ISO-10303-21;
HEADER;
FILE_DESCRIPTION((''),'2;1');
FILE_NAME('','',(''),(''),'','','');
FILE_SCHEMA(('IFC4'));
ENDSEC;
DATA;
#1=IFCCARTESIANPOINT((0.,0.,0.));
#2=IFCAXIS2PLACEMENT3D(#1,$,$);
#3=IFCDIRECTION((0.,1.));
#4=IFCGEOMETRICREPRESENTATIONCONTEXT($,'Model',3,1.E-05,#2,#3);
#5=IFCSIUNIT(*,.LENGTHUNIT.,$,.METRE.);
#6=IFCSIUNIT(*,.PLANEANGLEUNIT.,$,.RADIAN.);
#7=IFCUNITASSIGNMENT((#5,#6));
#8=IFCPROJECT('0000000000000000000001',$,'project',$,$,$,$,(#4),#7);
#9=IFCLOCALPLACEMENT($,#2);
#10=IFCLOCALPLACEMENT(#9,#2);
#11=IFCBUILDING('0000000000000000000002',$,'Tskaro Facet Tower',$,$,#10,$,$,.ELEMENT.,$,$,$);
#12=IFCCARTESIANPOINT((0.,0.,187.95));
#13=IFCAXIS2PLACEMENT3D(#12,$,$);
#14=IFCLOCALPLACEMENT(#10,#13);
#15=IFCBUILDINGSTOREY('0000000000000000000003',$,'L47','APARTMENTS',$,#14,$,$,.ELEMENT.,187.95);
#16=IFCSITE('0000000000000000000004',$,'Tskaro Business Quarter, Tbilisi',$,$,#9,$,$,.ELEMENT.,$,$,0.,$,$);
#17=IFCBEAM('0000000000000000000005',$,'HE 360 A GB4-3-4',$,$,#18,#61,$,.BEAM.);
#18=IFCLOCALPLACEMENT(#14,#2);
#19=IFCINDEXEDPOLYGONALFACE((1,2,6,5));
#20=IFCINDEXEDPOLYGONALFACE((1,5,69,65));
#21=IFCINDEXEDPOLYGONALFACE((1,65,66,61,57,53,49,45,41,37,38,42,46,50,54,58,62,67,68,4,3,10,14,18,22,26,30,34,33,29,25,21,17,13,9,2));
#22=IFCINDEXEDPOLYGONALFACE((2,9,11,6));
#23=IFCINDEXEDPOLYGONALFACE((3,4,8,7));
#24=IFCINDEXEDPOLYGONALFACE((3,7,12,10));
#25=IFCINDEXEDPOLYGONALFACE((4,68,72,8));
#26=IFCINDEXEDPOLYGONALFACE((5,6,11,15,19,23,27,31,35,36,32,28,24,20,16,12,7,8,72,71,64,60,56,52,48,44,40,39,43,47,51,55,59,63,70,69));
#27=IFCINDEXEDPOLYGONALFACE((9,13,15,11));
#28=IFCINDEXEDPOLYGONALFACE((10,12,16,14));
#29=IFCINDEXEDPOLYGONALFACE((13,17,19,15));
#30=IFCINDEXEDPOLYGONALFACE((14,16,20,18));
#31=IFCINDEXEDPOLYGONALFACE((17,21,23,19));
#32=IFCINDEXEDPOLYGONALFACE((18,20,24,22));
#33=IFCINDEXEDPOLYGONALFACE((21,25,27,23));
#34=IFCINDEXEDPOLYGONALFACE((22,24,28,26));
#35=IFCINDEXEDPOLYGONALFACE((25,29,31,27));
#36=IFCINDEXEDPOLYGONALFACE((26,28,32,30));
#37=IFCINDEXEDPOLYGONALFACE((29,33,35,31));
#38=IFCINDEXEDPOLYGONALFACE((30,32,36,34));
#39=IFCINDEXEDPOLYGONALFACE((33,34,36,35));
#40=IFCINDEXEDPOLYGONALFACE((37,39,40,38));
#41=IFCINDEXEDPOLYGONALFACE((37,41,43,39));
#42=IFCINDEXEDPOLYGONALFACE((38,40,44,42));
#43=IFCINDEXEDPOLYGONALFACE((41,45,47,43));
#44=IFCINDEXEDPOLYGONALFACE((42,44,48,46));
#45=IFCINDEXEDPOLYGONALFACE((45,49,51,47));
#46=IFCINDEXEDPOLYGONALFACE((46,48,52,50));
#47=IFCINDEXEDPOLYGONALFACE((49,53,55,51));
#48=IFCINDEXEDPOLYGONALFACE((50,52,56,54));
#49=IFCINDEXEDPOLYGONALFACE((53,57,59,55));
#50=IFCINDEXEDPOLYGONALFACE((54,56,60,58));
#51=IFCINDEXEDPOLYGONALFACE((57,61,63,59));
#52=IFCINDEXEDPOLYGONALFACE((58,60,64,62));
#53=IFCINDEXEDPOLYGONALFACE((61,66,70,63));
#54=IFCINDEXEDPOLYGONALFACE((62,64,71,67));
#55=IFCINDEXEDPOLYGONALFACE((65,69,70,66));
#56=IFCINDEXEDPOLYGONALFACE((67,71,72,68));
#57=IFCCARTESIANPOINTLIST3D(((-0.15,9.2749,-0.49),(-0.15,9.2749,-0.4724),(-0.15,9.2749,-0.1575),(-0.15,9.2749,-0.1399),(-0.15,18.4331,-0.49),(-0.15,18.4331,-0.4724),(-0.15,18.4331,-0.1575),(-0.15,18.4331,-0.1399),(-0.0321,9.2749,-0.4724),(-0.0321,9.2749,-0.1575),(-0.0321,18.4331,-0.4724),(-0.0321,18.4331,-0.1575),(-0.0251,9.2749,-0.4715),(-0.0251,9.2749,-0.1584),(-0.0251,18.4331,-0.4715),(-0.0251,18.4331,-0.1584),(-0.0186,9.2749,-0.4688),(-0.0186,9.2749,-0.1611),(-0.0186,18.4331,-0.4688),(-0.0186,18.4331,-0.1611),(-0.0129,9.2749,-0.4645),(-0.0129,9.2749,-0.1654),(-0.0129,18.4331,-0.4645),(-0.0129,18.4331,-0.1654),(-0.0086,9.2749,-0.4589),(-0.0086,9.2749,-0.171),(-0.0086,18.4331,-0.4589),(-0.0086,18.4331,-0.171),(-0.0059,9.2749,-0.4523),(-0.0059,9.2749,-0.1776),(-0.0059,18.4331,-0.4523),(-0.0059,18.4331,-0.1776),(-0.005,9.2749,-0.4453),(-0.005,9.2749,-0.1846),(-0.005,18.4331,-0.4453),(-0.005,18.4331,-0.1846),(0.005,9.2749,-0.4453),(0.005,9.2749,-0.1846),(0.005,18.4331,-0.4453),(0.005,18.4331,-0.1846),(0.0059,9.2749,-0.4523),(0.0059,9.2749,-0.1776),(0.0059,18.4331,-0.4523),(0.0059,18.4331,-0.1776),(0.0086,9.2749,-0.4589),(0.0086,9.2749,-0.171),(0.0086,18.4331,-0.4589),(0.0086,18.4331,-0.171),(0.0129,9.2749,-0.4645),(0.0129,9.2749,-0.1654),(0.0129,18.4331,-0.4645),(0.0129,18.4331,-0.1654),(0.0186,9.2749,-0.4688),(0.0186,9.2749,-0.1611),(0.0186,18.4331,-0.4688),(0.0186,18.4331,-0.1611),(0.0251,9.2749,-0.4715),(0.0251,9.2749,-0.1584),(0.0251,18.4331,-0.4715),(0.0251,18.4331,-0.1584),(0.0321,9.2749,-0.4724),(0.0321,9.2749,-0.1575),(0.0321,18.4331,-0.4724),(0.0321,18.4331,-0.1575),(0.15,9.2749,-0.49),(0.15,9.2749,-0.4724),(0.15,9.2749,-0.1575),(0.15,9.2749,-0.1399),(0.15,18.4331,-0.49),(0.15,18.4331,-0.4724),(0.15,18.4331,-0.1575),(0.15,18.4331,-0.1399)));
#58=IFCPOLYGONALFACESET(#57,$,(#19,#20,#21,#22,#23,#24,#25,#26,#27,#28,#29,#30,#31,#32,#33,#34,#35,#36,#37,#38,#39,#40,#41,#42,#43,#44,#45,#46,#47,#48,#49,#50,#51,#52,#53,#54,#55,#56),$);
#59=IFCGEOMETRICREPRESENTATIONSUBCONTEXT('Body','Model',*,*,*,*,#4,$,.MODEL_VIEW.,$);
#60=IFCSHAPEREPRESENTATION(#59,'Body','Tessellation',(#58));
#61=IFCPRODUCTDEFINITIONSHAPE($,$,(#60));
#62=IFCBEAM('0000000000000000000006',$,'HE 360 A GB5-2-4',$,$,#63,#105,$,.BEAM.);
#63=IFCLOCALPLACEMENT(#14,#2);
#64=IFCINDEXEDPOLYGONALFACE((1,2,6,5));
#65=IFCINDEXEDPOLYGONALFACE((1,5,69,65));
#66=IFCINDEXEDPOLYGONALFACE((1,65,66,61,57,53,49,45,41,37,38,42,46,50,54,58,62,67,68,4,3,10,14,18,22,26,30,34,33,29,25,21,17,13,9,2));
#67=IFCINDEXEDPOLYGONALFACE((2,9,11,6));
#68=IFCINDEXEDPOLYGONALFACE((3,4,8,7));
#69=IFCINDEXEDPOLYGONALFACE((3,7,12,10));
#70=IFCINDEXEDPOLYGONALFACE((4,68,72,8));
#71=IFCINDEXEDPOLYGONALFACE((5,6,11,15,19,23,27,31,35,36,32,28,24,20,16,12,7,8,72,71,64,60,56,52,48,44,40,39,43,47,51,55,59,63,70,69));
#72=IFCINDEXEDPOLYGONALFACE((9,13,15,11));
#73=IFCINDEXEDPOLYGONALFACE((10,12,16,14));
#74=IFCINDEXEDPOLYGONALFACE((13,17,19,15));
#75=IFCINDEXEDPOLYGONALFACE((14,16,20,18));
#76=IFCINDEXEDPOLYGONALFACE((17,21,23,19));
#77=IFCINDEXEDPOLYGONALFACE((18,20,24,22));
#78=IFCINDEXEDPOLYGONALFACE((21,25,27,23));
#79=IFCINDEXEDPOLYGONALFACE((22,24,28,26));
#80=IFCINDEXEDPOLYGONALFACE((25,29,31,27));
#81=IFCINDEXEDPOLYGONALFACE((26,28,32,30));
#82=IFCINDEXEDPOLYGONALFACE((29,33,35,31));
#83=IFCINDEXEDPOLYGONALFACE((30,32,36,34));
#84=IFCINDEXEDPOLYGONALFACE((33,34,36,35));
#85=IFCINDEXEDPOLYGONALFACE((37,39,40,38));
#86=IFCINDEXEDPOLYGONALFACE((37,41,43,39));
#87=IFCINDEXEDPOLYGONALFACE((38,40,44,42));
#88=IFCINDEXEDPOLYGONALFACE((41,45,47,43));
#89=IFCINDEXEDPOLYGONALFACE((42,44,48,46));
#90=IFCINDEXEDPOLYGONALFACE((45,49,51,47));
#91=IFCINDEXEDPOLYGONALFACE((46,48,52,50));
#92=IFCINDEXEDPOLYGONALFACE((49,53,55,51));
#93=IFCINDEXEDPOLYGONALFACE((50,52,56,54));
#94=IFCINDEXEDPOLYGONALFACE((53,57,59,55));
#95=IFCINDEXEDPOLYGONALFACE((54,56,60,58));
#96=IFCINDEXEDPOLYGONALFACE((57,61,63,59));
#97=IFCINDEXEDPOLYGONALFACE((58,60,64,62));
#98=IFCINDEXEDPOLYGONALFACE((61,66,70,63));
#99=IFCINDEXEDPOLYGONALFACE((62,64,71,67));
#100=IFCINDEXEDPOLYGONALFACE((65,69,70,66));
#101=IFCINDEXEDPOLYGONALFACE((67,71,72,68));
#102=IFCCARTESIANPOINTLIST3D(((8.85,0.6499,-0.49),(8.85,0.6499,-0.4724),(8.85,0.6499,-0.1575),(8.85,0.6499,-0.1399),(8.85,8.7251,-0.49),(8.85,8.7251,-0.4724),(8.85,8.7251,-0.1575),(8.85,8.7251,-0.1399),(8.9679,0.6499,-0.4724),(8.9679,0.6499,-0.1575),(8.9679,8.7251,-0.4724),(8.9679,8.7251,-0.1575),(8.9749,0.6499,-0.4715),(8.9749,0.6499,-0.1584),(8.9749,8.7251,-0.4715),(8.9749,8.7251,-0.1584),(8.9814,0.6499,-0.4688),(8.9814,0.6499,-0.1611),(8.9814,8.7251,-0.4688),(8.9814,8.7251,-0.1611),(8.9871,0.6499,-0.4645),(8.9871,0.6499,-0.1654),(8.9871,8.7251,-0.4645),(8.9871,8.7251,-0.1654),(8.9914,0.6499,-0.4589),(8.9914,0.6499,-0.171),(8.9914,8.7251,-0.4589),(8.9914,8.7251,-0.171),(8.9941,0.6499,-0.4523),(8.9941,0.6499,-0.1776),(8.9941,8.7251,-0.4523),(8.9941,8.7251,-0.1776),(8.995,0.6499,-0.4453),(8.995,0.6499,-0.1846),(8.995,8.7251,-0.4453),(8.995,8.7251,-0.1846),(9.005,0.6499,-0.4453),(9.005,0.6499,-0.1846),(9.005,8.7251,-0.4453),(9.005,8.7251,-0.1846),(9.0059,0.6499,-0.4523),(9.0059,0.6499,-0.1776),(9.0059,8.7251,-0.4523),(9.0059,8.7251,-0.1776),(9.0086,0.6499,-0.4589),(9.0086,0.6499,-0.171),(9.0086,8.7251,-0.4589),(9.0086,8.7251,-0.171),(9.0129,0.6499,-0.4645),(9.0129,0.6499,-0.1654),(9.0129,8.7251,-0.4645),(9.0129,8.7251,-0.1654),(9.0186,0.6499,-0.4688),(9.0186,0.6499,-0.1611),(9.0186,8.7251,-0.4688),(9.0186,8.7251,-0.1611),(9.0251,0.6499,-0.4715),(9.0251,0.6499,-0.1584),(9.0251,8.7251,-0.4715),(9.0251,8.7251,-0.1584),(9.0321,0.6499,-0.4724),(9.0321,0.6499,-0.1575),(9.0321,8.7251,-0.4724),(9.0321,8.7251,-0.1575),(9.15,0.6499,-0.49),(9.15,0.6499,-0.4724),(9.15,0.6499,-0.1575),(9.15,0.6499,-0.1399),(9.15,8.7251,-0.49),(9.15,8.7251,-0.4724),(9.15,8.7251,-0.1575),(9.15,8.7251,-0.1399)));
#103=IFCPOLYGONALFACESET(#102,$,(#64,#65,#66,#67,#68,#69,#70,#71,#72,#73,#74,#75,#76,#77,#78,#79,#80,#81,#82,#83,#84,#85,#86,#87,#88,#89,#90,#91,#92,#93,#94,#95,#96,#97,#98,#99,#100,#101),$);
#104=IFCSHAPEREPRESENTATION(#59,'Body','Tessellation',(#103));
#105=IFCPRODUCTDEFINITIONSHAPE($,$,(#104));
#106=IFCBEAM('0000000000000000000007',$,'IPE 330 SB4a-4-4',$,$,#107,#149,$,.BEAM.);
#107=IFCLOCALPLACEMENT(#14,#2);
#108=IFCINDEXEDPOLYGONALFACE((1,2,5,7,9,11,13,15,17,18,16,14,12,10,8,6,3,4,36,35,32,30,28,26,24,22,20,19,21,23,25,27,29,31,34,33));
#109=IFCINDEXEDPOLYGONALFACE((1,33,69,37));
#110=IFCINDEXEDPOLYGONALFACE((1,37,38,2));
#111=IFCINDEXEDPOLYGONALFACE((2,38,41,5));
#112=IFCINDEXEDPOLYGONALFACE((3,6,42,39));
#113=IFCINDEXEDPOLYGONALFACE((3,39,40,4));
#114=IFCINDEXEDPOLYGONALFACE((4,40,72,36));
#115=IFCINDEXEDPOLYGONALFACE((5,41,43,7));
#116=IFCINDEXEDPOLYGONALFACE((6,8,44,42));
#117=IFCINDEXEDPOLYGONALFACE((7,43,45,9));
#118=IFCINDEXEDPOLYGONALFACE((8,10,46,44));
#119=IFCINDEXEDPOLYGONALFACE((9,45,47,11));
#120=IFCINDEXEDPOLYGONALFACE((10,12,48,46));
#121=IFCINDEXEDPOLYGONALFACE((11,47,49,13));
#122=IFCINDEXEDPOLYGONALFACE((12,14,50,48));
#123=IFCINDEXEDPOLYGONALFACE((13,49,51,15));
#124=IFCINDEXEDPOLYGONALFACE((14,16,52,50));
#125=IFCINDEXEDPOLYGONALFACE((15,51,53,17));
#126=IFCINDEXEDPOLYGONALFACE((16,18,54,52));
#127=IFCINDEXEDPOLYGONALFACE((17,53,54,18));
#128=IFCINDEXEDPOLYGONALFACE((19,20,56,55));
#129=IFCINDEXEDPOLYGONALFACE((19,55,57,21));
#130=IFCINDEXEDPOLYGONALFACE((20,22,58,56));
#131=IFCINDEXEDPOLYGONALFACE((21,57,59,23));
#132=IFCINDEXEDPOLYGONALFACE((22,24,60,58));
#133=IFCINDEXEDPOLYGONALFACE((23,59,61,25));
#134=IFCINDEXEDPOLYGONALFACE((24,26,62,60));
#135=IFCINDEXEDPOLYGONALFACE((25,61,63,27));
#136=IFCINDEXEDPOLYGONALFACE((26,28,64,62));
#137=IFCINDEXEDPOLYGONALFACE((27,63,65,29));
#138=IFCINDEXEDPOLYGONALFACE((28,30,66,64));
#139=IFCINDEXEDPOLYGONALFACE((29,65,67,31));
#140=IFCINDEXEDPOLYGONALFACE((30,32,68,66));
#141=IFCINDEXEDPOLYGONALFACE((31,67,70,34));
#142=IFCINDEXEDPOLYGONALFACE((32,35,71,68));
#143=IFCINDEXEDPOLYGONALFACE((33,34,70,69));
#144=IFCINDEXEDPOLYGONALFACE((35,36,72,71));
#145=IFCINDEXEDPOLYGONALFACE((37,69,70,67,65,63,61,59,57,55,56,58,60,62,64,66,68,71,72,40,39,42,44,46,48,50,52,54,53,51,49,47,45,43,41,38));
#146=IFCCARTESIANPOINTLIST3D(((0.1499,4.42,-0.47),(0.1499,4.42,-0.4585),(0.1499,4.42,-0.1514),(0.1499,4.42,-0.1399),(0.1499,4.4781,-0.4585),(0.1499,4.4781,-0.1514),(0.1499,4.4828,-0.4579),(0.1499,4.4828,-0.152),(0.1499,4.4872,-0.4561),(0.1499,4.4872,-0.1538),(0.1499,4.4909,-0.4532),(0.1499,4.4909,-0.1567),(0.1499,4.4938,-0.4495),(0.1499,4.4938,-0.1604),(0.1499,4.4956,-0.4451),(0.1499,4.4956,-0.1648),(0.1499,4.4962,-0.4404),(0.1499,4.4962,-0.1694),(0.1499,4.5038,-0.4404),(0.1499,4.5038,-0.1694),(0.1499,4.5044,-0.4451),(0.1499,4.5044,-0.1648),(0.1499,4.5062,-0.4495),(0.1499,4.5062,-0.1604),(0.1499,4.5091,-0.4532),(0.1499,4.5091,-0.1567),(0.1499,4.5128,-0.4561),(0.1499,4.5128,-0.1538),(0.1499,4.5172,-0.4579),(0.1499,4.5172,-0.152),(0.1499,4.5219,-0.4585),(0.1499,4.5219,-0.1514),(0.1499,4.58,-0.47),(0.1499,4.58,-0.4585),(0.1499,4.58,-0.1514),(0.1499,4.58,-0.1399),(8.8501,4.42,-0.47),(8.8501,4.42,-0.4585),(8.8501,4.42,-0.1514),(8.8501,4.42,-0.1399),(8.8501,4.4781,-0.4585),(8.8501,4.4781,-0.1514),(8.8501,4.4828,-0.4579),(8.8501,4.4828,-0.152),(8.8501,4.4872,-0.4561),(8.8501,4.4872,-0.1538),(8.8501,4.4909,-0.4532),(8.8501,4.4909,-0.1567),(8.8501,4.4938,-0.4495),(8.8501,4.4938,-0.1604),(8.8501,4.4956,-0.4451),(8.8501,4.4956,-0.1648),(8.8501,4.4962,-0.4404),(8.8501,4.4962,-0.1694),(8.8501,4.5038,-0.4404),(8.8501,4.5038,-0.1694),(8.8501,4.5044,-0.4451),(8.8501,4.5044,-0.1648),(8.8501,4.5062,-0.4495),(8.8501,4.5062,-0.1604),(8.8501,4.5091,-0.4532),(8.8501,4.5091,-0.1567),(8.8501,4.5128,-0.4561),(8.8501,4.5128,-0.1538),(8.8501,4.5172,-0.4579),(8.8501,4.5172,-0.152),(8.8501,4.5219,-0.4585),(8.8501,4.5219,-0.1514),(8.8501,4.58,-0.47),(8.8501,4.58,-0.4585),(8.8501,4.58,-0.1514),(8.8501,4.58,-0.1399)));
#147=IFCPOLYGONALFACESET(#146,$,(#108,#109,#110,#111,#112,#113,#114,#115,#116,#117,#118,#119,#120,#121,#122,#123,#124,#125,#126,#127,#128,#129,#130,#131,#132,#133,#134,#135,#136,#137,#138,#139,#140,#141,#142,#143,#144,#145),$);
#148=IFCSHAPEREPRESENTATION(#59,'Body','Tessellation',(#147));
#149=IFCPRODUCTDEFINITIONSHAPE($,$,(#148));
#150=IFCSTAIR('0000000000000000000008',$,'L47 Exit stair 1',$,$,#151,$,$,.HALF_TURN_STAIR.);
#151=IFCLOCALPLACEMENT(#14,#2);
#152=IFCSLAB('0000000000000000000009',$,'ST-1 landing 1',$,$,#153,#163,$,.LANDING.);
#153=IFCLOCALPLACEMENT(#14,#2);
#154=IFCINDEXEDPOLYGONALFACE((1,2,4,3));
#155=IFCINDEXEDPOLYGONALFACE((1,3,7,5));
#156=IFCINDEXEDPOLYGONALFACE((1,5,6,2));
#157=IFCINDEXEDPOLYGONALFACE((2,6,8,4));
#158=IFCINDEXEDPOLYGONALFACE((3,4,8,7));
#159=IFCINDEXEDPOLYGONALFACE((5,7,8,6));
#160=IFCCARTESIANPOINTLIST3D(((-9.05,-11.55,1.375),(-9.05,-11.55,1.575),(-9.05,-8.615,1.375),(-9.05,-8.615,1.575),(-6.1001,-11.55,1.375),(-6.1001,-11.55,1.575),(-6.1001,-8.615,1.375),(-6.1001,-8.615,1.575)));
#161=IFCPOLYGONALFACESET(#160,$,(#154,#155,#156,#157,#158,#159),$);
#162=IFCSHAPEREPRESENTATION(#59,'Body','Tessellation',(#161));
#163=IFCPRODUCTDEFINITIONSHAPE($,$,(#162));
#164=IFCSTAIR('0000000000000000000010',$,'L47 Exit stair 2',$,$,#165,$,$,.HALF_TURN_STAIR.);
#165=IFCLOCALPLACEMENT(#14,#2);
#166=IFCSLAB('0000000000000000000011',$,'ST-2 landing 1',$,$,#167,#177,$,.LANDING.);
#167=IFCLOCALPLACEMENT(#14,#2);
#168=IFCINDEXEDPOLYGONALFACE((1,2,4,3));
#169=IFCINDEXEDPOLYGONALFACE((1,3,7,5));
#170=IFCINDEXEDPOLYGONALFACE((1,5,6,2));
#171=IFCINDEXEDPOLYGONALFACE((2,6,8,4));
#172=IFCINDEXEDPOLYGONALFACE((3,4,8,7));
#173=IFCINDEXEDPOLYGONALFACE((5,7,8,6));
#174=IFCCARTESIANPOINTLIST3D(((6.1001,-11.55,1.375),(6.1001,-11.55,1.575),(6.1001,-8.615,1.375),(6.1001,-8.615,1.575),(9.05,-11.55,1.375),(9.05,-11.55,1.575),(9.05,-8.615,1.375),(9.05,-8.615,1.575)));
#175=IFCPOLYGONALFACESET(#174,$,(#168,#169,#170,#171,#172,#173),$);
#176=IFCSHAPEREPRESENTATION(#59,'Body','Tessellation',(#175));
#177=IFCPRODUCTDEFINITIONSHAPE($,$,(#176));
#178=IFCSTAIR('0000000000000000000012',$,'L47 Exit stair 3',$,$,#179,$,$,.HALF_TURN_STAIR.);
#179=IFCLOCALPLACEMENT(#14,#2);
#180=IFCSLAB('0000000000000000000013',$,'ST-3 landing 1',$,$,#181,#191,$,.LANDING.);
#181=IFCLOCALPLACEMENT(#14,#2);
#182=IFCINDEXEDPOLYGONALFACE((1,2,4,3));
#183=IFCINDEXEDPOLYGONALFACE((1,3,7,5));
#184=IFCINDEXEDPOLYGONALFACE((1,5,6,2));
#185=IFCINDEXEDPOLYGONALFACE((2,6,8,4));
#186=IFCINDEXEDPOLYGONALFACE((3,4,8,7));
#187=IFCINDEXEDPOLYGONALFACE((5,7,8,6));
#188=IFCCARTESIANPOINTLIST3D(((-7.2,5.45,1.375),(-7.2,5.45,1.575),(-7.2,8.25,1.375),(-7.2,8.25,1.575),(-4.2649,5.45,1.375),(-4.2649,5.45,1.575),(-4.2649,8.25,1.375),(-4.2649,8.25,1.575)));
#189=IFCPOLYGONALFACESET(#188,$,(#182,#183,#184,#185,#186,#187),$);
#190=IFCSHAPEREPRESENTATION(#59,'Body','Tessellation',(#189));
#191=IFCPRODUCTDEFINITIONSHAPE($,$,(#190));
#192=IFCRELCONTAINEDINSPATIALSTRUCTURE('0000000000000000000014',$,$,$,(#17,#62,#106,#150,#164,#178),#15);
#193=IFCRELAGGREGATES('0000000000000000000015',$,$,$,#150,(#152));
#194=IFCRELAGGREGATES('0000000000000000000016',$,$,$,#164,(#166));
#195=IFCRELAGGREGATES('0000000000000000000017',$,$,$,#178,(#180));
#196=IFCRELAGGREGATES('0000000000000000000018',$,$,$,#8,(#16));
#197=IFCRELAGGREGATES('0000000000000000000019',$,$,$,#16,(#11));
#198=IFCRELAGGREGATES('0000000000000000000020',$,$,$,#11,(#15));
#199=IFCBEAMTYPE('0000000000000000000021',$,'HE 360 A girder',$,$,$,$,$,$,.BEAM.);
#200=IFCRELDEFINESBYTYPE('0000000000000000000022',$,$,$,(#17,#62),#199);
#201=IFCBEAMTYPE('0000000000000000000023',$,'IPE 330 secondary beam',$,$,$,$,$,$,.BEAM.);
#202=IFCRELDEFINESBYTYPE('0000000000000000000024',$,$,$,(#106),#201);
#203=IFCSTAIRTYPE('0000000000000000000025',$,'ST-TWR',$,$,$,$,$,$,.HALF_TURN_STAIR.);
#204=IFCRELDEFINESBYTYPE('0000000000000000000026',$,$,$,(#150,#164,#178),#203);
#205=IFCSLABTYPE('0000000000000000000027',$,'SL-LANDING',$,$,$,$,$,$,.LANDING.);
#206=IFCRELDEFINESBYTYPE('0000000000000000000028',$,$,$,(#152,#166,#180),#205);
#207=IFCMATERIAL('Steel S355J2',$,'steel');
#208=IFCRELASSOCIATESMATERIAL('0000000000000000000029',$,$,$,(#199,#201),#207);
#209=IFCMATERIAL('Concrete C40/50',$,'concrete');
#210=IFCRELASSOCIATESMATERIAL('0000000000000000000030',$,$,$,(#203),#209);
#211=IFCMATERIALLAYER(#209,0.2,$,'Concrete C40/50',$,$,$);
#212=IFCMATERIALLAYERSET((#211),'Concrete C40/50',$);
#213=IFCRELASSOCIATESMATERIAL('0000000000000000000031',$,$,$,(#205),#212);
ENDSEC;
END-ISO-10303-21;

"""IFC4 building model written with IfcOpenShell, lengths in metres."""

from ifc_helpers import new_model, si_unit, direction, frame, origin, origin_2d, place, context, subcontext, project, spatial, polyline, i_section, outline, extrude, material, layer, layer_set, material_profile, profile_set, type_object, element, aggregate, save


model = new_model("IFC4")

# Units and contexts
model_context = context("Model", 3, precision=1e-05, world=origin(), true_north=direction((0.0, 1.0)))
body_context = subcontext(model_context, "Body", "Model", "MODEL_VIEW")
ifc_project = project(units=[si_unit("LENGTHUNIT", "METRE"), si_unit("PLANEANGLEUNIT", "RADIAN")], contexts=[model_context])

# Site, building, storey
site_placement = place(None, origin())
site = spatial("IfcSite", under=ifc_project, at=site_placement, Name="Tskaro Business Quarter, Tbilisi", CompositionType="ELEMENT", RefElevation=0.0)
building_placement = place(site_placement, origin())
building = spatial("IfcBuilding", under=site, at=building_placement, Name="Tskaro Facet Tower", CompositionType="ELEMENT")
storey_placement = place(building_placement, frame((0.0, 0.0, 187.95)))
storey = spatial("IfcBuildingStorey", under=building, at=storey_placement, Name="L47", Description="APARTMENTS", CompositionType="ELEMENT", Elevation=187.95)

# Beams
ifc_material_1 = material(Name="Steel S355J2", Category="steel")
ifc_material_profile_1 = material_profile(ifc_material_1, i_section(OverallWidth=0.3, OverallDepth=0.3501, WebThickness=0.01, FlangeThickness=0.0176, FilletRadius=0.0271, at=origin_2d()), Name="HE 360 A")
ifc_profile_set_1 = profile_set([ifc_material_profile_1], Name="Steel S355J2")
beam_type_1 = type_object("IfcBeamType", Name="HE 360 A girder", PredefinedType="BEAM", material=ifc_profile_set_1)
beam_1_placement = place(storey_placement, frame((0.0, 9.2749, -0.3149), z_axis=(0.0, 1.0, 0.0), x_axis=(-1.0, 0.0, 0.0)))
element("IfcBeam", 1, at=beam_1_placement, inside=storey, type_object=beam_type_1, Name="HE 360 A GB4-3-4", PredefinedType="BEAM", context=body_context, shape_type="SweptSolid", body=[
    extrude(i_section(OverallWidth=0.3, OverallDepth=0.3501, WebThickness=0.01, FlangeThickness=0.0176, FilletRadius=0.0271, at=origin_2d()), origin(), (0.0, 0.0, 1.0), 9.1582),
])
beam_2_placement = place(storey_placement, frame((9.0, 0.6499, -0.3149), z_axis=(0.0, 1.0, 0.0), x_axis=(-1.0, 0.0, 0.0)))
element("IfcBeam", 2, at=beam_2_placement, inside=storey, type_object=beam_type_1, Name="HE 360 A GB5-2-4", PredefinedType="BEAM", context=body_context, shape_type="SweptSolid", body=[
    extrude(i_section(OverallWidth=0.3, OverallDepth=0.3501, WebThickness=0.01, FlangeThickness=0.0176, FilletRadius=0.0271, at=origin_2d()), origin(), (0.0, 0.0, 1.0), 8.0752),
])
ifc_material_profile_2 = material_profile(ifc_material_1, i_section(OverallWidth=0.1599, OverallDepth=0.3301, WebThickness=0.0076, FlangeThickness=0.0115, FilletRadius=0.0181, at=origin_2d()), Name="IPE 330")
ifc_profile_set_2 = profile_set([ifc_material_profile_2], Name="Steel S355J2")
beam_type_2 = type_object("IfcBeamType", Name="IPE 330 secondary beam", PredefinedType="BEAM", material=ifc_profile_set_2)
beam_3_placement = place(storey_placement, frame((0.1499, 4.5, -0.3049), z_axis=(1.0, 0.0, 0.0), x_axis=(0.0, 1.0, 0.0)))
element("IfcBeam", 3, at=beam_3_placement, inside=storey, type_object=beam_type_2, Name="IPE 330 SB4a-4-4", PredefinedType="BEAM", context=body_context, shape_type="SweptSolid", body=[
    extrude(i_section(OverallWidth=0.1599, OverallDepth=0.3301, WebThickness=0.0076, FlangeThickness=0.0115, FilletRadius=0.0181, at=origin_2d()), origin(), (0.0, 0.0, 1.0), 8.7002),
])

# Stairs, slabs
ifc_material_2 = material(Name="Concrete C40/50", Category="concrete")
stair_type = type_object("IfcStairType", Name="ST-TWR", PredefinedType="HALF_TURN_STAIR", material=ifc_material_2)
stair_1_placement = place(storey_placement, origin())
stair_1 = element("IfcStair", 4, at=stair_1_placement, inside=storey, type_object=stair_type, Name="L47 Exit stair 1", PredefinedType="HALF_TURN_STAIR")
ifc_layer_1 = layer(ifc_material_2, 0.2, Name="Concrete C40/50")
ifc_layer_set_1 = layer_set([ifc_layer_1], Name="Concrete C40/50")
slab_type_1 = type_object("IfcSlabType", Name="SL-LANDING", PredefinedType="LANDING", material=ifc_layer_set_1)
slab_1_placement = place(storey_placement, frame((0.0, 0.0, 1.375)))
slab_1 = element("IfcSlab", 5, at=slab_1_placement, type_object=slab_type_1, Name="ST-1 landing 1", PredefinedType="LANDING", context=body_context, shape_type="SweptSolid", body=[
    extrude(outline(polyline([(-9.05, -11.55), (-6.1001, -11.55), (-6.1001, -8.615), (-9.05, -8.615), (-9.05, -11.55)])), origin(), (0.0, 0.0, 1.0), 0.2),
])
aggregate(stair_1, [slab_1])
stair_2_placement = place(storey_placement, origin())
stair_2 = element("IfcStair", 6, at=stair_2_placement, inside=storey, type_object=stair_type, Name="L47 Exit stair 2", PredefinedType="HALF_TURN_STAIR")
slab_2_placement = place(storey_placement, frame((0.0, 0.0, 1.375)))
slab_2 = element("IfcSlab", 7, at=slab_2_placement, type_object=slab_type_1, Name="ST-2 landing 1", PredefinedType="LANDING", context=body_context, shape_type="SweptSolid", body=[
    extrude(outline(polyline([(6.1001, -11.55), (9.05, -11.55), (9.05, -8.615), (6.1001, -8.615), (6.1001, -11.55)])), origin(), (0.0, 0.0, 1.0), 0.2),
])
aggregate(stair_2, [slab_2])
stair_3_placement = place(storey_placement, origin())
stair_3 = element("IfcStair", 8, at=stair_3_placement, inside=storey, type_object=stair_type, Name="L47 Exit stair 3", PredefinedType="HALF_TURN_STAIR")
slab_3_placement = place(storey_placement, frame((0.0, 0.0, 1.375)))
slab_3 = element("IfcSlab", 9, at=slab_3_placement, type_object=slab_type_1, Name="ST-3 landing 1", PredefinedType="LANDING", context=body_context, shape_type="SweptSolid", body=[
    extrude(outline(polyline([(-7.2, 5.45), (-4.2649, 5.45), (-4.2649, 8.25), (-7.2, 8.25), (-7.2, 5.45)])), origin(), (0.0, 0.0, 1.0), 0.2),
])

aggregate(stair_3, [slab_3])

save(model, "model.ifc")
